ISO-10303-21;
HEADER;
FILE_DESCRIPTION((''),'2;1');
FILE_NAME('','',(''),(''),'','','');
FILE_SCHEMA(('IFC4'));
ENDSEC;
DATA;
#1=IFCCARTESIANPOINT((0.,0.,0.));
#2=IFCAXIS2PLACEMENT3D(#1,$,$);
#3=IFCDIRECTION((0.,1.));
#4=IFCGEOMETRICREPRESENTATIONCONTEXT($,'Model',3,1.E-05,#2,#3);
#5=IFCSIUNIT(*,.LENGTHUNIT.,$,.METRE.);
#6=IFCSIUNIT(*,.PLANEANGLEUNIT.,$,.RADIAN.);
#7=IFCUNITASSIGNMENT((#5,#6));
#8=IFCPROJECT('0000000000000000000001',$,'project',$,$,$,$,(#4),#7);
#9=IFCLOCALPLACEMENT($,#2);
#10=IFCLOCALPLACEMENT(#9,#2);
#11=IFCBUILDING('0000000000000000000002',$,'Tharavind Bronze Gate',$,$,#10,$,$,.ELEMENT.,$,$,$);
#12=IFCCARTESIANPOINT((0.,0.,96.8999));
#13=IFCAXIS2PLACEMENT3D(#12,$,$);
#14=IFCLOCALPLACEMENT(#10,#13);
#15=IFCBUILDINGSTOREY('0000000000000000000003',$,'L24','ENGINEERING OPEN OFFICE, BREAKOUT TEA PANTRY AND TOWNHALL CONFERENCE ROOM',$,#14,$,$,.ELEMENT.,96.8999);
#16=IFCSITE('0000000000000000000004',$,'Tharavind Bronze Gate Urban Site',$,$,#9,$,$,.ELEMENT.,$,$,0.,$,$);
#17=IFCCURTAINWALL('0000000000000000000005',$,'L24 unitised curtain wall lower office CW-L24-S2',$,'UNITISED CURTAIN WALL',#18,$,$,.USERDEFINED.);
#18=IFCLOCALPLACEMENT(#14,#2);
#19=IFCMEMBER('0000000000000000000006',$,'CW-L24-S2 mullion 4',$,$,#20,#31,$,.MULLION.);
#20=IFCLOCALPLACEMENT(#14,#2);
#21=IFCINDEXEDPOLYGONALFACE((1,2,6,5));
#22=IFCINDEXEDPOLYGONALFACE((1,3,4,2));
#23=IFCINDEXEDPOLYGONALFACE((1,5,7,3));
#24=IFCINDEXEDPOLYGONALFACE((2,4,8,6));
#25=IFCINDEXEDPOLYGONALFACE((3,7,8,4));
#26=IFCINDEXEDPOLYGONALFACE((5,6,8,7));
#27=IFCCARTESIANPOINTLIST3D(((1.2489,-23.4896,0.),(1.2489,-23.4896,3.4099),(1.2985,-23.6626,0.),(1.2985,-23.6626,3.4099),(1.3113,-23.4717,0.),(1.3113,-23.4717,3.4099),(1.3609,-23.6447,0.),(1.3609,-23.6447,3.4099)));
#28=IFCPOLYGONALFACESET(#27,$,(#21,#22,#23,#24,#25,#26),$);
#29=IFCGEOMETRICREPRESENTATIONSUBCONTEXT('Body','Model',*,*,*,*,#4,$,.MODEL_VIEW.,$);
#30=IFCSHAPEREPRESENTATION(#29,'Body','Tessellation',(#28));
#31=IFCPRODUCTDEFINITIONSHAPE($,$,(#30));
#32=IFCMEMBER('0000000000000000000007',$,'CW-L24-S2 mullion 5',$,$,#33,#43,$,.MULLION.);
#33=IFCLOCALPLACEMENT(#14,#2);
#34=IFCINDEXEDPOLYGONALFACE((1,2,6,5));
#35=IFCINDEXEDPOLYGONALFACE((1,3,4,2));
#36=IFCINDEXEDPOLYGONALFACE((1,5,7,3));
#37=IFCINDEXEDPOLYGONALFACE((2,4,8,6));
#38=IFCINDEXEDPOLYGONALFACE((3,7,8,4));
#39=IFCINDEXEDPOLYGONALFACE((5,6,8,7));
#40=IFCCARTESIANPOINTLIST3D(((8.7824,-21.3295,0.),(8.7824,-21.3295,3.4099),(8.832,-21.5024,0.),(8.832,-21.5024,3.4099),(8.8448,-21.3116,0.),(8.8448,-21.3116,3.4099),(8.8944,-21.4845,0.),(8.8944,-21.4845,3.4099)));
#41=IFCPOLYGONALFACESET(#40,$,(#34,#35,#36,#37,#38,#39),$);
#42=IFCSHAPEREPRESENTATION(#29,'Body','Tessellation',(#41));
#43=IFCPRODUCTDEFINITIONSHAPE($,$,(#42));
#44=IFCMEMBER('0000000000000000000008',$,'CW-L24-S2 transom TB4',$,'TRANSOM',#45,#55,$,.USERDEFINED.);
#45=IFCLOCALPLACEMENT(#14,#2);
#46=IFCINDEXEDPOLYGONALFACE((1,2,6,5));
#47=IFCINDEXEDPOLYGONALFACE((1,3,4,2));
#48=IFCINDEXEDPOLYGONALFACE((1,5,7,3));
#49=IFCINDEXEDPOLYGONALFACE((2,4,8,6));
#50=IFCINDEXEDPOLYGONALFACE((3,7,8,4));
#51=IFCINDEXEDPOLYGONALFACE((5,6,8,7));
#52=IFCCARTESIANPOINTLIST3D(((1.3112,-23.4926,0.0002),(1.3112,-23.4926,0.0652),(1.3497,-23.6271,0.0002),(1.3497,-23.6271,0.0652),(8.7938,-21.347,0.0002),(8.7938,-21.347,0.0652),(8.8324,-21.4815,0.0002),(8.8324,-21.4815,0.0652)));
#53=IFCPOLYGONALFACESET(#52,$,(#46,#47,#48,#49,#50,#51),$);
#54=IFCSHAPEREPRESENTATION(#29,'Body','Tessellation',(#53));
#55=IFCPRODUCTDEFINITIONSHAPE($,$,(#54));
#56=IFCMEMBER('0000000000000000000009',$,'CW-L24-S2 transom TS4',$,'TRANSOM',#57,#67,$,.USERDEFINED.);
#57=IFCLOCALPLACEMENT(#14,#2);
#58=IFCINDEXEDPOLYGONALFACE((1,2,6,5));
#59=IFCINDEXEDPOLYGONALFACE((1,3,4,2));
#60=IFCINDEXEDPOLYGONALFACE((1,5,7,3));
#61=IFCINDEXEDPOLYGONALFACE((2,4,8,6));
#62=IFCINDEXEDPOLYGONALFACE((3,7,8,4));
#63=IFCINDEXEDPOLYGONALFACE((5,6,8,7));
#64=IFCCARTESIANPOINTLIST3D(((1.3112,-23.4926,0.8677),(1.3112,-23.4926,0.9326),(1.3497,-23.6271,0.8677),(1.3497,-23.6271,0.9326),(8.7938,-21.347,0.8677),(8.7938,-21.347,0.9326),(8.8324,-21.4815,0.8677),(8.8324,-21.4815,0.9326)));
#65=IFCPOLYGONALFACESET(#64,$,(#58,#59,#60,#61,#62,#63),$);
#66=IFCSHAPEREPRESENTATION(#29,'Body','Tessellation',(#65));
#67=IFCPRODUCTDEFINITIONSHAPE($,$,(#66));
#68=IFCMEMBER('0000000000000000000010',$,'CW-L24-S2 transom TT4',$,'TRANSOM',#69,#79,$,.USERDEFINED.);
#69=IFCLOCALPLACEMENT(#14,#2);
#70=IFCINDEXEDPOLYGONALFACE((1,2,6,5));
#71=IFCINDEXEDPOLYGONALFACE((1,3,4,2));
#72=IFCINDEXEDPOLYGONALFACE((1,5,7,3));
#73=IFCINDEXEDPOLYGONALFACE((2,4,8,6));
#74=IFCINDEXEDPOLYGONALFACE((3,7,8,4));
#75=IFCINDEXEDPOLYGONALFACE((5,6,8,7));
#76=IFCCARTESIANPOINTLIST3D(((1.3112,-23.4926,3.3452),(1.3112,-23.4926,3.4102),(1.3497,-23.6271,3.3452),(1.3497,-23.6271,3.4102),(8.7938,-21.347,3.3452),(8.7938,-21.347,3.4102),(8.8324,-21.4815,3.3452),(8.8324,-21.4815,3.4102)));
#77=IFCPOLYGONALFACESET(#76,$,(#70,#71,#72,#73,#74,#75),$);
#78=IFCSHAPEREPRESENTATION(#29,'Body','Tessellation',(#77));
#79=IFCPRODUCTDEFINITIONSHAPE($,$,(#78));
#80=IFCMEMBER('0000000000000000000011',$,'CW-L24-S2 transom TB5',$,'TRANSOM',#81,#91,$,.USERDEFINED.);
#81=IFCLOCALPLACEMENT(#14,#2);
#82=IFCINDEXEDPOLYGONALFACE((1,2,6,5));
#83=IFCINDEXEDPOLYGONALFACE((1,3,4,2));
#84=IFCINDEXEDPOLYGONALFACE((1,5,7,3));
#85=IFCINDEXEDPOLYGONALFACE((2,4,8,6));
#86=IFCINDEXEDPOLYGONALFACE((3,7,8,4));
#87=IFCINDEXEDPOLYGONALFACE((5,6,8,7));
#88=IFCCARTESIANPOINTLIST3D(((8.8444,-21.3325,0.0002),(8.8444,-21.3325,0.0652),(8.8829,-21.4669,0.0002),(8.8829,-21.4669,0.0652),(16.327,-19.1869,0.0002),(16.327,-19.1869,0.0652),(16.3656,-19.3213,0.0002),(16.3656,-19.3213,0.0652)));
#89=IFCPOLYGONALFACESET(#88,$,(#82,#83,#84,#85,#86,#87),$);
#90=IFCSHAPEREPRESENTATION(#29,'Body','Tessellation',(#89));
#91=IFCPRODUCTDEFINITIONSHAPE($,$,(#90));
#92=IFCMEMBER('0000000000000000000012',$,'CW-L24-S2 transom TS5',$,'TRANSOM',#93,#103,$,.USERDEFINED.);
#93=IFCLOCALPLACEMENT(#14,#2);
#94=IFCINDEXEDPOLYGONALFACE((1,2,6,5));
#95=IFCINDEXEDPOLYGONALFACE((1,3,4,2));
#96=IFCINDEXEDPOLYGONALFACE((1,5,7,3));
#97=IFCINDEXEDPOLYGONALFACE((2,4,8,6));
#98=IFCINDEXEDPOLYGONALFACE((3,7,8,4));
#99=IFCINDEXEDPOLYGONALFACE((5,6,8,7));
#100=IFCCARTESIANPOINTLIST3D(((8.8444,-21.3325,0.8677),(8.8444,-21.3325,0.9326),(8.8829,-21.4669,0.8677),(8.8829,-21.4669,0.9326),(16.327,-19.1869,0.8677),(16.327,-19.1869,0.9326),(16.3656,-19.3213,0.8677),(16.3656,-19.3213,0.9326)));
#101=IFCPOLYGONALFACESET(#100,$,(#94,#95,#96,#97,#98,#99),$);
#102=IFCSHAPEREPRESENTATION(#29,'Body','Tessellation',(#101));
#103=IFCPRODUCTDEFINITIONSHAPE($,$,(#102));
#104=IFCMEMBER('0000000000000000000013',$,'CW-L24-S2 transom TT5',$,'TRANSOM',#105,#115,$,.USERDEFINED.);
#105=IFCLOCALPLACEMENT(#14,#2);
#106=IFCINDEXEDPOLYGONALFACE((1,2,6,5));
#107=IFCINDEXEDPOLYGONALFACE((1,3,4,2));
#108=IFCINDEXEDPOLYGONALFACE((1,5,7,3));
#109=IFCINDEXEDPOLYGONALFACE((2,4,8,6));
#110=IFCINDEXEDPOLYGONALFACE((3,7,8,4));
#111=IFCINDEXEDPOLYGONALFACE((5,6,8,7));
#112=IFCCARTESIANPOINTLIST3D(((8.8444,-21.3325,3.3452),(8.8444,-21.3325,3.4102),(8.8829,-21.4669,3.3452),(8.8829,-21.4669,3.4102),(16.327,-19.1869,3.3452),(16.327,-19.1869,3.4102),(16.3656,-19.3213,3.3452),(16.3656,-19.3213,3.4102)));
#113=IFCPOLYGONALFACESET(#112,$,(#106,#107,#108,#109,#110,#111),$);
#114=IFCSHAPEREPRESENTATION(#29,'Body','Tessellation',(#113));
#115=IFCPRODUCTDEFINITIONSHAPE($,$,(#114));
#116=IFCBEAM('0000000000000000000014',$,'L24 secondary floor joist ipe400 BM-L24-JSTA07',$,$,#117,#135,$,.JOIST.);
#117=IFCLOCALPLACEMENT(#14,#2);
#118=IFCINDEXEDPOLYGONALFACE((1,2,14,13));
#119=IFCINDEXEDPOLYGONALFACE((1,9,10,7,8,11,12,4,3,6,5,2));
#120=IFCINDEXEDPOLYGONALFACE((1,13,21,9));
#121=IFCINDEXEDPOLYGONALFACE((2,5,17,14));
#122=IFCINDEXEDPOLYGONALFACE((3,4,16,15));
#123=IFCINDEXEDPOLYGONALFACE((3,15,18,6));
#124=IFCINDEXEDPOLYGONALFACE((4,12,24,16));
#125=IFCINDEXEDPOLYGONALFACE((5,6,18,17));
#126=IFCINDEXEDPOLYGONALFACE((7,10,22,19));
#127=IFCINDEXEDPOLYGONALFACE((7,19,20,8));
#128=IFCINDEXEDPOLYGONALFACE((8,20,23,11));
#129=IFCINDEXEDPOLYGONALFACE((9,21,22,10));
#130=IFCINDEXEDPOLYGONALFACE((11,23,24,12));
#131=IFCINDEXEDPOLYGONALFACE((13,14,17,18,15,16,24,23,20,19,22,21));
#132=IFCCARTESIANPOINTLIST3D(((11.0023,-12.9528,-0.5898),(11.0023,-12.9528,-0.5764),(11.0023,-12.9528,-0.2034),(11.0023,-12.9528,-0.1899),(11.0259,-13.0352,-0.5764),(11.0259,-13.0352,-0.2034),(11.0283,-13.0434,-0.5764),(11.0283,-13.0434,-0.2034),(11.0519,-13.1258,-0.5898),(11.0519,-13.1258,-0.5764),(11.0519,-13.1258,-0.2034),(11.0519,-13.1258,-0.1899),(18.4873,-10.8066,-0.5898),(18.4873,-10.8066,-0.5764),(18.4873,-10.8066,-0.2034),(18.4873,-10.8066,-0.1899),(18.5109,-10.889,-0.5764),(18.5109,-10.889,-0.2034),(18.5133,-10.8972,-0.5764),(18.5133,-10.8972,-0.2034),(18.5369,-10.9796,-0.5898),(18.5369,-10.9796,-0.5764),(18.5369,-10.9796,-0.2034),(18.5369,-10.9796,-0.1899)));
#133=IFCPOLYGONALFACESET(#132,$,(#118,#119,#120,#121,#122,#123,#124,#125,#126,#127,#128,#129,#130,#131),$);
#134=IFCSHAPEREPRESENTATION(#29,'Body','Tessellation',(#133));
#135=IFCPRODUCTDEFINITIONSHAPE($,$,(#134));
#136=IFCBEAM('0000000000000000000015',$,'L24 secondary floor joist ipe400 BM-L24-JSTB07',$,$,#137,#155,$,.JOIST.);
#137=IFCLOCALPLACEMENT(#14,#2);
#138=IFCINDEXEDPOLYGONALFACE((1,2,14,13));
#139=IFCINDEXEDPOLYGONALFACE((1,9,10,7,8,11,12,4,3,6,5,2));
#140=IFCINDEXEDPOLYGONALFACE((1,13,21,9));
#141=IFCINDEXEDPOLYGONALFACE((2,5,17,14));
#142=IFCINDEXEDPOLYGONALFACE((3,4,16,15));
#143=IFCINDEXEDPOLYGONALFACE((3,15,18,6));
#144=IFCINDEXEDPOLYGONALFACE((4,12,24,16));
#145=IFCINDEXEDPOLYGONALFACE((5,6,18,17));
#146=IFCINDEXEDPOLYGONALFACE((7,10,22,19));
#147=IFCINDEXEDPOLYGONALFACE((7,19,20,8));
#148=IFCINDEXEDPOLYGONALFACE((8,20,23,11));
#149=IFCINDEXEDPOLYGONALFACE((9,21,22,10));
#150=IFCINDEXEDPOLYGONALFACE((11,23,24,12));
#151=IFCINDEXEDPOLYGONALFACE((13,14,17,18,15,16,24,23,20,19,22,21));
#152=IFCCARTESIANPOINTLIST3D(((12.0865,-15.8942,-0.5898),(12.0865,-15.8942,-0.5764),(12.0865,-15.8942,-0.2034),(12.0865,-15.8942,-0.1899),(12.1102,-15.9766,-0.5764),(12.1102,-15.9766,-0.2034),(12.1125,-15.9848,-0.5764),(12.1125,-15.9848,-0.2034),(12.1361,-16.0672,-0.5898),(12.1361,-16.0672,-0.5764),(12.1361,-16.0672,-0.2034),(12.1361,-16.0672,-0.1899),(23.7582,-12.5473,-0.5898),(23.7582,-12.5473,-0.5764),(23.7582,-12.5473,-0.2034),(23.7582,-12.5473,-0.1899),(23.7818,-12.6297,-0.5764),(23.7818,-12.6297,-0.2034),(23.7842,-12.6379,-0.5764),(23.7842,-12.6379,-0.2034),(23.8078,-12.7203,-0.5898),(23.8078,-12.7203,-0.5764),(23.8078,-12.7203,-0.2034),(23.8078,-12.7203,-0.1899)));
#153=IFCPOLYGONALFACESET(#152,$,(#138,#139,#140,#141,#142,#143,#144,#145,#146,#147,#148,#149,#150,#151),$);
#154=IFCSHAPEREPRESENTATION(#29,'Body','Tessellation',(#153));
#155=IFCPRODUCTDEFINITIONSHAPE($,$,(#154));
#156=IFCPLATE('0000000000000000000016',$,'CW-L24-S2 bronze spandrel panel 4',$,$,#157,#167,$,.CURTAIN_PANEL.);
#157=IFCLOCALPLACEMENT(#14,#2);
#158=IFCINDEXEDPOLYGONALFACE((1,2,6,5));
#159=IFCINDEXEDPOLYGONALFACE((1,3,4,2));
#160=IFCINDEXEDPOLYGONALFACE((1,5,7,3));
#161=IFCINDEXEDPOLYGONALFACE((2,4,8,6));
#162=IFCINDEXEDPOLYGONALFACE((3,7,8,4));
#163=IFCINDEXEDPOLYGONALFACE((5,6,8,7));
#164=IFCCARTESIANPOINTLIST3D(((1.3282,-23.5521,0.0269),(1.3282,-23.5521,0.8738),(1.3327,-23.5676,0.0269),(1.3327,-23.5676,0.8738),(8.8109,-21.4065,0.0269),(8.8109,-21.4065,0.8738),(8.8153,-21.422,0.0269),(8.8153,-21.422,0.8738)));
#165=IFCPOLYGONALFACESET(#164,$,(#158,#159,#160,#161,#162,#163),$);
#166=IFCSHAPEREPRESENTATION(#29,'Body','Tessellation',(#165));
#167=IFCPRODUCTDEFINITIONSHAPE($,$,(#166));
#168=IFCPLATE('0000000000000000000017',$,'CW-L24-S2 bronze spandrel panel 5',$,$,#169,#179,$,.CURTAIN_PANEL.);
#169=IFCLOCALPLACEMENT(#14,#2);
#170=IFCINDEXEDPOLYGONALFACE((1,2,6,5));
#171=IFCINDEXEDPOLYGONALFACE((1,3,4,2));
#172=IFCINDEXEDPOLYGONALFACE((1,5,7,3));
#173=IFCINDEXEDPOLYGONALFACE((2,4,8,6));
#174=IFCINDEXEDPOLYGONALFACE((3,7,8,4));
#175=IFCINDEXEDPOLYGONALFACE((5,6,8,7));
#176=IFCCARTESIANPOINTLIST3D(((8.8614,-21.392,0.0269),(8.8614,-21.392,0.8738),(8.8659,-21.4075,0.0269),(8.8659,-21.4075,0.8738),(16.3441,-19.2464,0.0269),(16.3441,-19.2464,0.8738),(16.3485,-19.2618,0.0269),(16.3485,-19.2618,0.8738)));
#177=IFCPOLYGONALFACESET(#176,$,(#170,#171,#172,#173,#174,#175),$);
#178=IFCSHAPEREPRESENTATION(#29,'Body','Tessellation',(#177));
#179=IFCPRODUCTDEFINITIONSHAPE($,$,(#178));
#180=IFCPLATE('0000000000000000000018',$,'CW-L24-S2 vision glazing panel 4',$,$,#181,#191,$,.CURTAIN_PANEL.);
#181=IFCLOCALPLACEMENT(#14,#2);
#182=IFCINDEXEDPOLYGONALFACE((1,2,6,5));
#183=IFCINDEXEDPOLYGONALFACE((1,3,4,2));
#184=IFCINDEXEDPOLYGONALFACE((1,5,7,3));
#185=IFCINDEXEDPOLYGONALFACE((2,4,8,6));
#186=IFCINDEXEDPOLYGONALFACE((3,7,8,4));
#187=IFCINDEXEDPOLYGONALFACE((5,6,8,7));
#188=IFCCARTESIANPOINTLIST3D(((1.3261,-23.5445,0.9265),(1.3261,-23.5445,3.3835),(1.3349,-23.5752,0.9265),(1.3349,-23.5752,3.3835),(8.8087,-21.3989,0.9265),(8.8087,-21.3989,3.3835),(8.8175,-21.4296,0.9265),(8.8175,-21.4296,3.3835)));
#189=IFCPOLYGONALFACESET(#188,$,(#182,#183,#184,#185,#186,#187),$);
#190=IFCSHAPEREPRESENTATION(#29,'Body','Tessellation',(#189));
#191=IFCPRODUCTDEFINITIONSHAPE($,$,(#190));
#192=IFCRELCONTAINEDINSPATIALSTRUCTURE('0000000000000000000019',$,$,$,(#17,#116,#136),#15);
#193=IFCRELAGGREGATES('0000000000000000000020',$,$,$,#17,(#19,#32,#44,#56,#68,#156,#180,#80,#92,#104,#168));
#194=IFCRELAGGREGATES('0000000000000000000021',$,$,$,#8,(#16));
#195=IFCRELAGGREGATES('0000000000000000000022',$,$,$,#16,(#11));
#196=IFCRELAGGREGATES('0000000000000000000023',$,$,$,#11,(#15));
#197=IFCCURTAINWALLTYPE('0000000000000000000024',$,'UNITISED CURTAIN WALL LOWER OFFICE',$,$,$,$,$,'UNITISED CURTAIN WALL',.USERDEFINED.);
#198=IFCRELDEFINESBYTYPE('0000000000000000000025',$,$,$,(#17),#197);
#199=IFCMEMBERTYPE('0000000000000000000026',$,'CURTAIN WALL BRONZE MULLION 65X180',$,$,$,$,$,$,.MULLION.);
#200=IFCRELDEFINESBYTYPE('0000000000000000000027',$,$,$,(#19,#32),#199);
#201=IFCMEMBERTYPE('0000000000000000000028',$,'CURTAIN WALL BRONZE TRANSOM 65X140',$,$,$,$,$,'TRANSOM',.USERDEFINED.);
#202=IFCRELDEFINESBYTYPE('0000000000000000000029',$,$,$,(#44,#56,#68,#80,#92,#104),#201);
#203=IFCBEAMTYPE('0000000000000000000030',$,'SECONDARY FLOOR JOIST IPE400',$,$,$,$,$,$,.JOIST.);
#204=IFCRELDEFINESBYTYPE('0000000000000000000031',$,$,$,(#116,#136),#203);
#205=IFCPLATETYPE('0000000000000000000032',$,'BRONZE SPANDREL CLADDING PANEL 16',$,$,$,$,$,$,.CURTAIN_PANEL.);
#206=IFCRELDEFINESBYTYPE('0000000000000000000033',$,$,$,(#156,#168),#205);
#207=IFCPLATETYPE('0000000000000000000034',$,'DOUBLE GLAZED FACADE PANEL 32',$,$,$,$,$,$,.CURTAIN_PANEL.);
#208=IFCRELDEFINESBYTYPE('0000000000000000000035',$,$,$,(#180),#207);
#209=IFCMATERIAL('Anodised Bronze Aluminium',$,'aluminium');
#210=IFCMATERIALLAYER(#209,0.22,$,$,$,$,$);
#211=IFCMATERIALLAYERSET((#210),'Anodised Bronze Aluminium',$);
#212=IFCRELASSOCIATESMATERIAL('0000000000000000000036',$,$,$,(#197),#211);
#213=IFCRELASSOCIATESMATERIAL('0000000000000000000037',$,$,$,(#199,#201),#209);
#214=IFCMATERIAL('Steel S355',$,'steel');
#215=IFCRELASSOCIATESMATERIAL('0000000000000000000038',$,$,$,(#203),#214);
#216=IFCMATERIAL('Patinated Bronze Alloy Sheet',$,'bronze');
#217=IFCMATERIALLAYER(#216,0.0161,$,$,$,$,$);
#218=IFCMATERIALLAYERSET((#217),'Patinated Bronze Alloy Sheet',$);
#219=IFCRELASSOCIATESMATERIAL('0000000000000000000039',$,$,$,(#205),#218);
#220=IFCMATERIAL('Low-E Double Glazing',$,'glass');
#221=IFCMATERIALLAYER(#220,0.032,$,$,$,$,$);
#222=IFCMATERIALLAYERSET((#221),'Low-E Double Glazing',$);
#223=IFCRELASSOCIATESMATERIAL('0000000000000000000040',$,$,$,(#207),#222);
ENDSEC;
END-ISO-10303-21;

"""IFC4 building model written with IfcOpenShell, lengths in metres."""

from ifc_helpers import new_model, si_unit, direction, frame, origin, origin_2d, place, context, subcontext, project, spatial, rectangle, i_section, extrude, material, layer, layer_set, material_profile, profile_set, type_object, element, aggregate, save


model = new_model("IFC4")

# Units and contexts
model_context = context("Model", 3, precision=1e-05, world=origin(), true_north=direction((0.0, 1.0)))
body_context = subcontext(model_context, "Body", "Model", "MODEL_VIEW")
ifc_project = project(units=[si_unit("LENGTHUNIT", "METRE"), si_unit("PLANEANGLEUNIT", "RADIAN")], contexts=[model_context])

# Site, building, storey
site_placement = place(None, origin())
site = spatial("IfcSite", under=ifc_project, at=site_placement, Name="Tharavind Bronze Gate Urban Site", CompositionType="ELEMENT", RefElevation=0.0)
building_placement = place(site_placement, origin())
building = spatial("IfcBuilding", under=site, at=building_placement, Name="Tharavind Bronze Gate", CompositionType="ELEMENT")
storey_placement = place(building_placement, frame((0.0, 0.0, 96.8999)))
storey = spatial("IfcBuildingStorey", under=building, at=storey_placement, Name="L24", Description="ENGINEERING OPEN OFFICE, BREAKOUT TEA PANTRY AND TOWNHALL CONFERENCE ROOM", CompositionType="ELEMENT", Elevation=96.8999)

# Curtain wall, members
ifc_material_1 = material(Name="Anodised Bronze Aluminium", Category="aluminium")
ifc_layer_1 = layer(ifc_material_1, 0.22)
ifc_layer_set_1 = layer_set([ifc_layer_1], Name="Anodised Bronze Aluminium")
curtain_wall_type = type_object("IfcCurtainWallType", Name="UNITISED CURTAIN WALL LOWER OFFICE", ElementType="UNITISED CURTAIN WALL", PredefinedType="USERDEFINED", material=ifc_layer_set_1)
curtain_wall_placement = place(storey_placement, origin())
curtain_wall = element("IfcCurtainWall", 1, at=curtain_wall_placement, inside=storey, type_object=curtain_wall_type, Name="L24 unitised curtain wall lower office CW-L24-S2", ObjectType="UNITISED CURTAIN WALL", PredefinedType="USERDEFINED")
member_type_1 = type_object("IfcMemberType", Name="CURTAIN WALL BRONZE MULLION 65X180", PredefinedType="MULLION", material=ifc_material_1)
member_1_placement = place(storey_placement, frame((1.3049, -23.5671, 0.0), z_axis=(0.0, 0.0, 1.0), x_axis=(0.961262, 0.275637, 0.0)))
member_1 = element("IfcMember", 2, at=member_1_placement, type_object=member_type_1, Name="CW-L24-S2 mullion 4", PredefinedType="MULLION", context=body_context, shape_type="SweptSolid", body=[
    extrude(rectangle(XDim=0.0649, YDim=0.1799, at=origin_2d()), origin(), (0.0, 0.0, 1.0), 3.4099),
])
member_2_placement = place(storey_placement, frame((8.8384, -21.407, 0.0), z_axis=(0.0, 0.0, 1.0), x_axis=(0.961262, 0.275637, 0.0)))
member_2 = element("IfcMember", 3, at=member_2_placement, type_object=member_type_1, Name="CW-L24-S2 mullion 5", PredefinedType="MULLION", context=body_context, shape_type="SweptSolid", body=[
    extrude(rectangle(XDim=0.0649, YDim=0.1799, at=origin_2d()), origin(), (0.0, 0.0, 1.0), 3.4099),
])
member_type_2 = type_object("IfcMemberType", Name="CURTAIN WALL BRONZE TRANSOM 65X140", ElementType="TRANSOM", PredefinedType="USERDEFINED", material=ifc_material_1)
member_3_placement = place(storey_placement, frame((5.0718, -22.4871, 0.0002), z_axis=(0.0, 0.0, 1.0), x_axis=(0.961262, 0.275637, 0.0)))
member_3 = element("IfcMember", 4, at=member_3_placement, type_object=member_type_2, Name="CW-L24-S2 transom TB4", ObjectType="TRANSOM", PredefinedType="USERDEFINED", context=body_context, shape_type="SweptSolid", body=[
    extrude(rectangle(XDim=7.7842, YDim=0.1399, at=origin_2d()), origin(), (0.0, 0.0, 1.0), 0.0649),
])
member_4_placement = place(storey_placement, frame((5.0718, -22.4871, 0.8677), z_axis=(0.0, 0.0, 1.0), x_axis=(0.961262, 0.275637, 0.0)))
member_4 = element("IfcMember", 5, at=member_4_placement, type_object=member_type_2, Name="CW-L24-S2 transom TS4", ObjectType="TRANSOM", PredefinedType="USERDEFINED", context=body_context, shape_type="SweptSolid", body=[
    extrude(rectangle(XDim=7.7842, YDim=0.1399, at=origin_2d()), origin(), (0.0, 0.0, 1.0), 0.0649),
])
member_5_placement = place(storey_placement, frame((5.0718, -22.4871, 3.3452), z_axis=(0.0, 0.0, 1.0), x_axis=(0.961262, 0.275637, 0.0)))
member_5 = element("IfcMember", 6, at=member_5_placement, type_object=member_type_2, Name="CW-L24-S2 transom TT4", ObjectType="TRANSOM", PredefinedType="USERDEFINED", context=body_context, shape_type="SweptSolid", body=[
    extrude(rectangle(XDim=7.7842, YDim=0.1399, at=origin_2d()), origin(), (0.0, 0.0, 1.0), 0.0649),
])
member_6_placement = place(storey_placement, frame((12.605, -20.3269, 0.0002), z_axis=(0.0, 0.0, 1.0), x_axis=(0.961262, 0.275637, 0.0)))
member_6 = element("IfcMember", 7, at=member_6_placement, type_object=member_type_2, Name="CW-L24-S2 transom TB5", ObjectType="TRANSOM", PredefinedType="USERDEFINED", context=body_context, shape_type="SweptSolid", body=[
    extrude(rectangle(XDim=7.7842, YDim=0.1399, at=origin_2d()), origin(), (0.0, 0.0, 1.0), 0.0649),
])
member_7_placement = place(storey_placement, frame((12.605, -20.3269, 0.8677), z_axis=(0.0, 0.0, 1.0), x_axis=(0.961262, 0.275637, 0.0)))
member_7 = element("IfcMember", 8, at=member_7_placement, type_object=member_type_2, Name="CW-L24-S2 transom TS5", ObjectType="TRANSOM", PredefinedType="USERDEFINED", context=body_context, shape_type="SweptSolid", body=[
    extrude(rectangle(XDim=7.7842, YDim=0.1399, at=origin_2d()), origin(), (0.0, 0.0, 1.0), 0.0649),
])
member_8_placement = place(storey_placement, frame((12.605, -20.3269, 3.3452), z_axis=(0.0, 0.0, 1.0), x_axis=(0.961262, 0.275637, 0.0)))
member_8 = element("IfcMember", 9, at=member_8_placement, type_object=member_type_2, Name="CW-L24-S2 transom TT5", ObjectType="TRANSOM", PredefinedType="USERDEFINED", context=body_context, shape_type="SweptSolid", body=[
    extrude(rectangle(XDim=7.7842, YDim=0.1399, at=origin_2d()), origin(), (0.0, 0.0, 1.0), 0.0649),
])

# Beams
ifc_material_2 = material(Name="Steel S355", Category="steel")
ifc_material_profile = material_profile(ifc_material_2, i_section(OverallWidth=0.1799, OverallDepth=0.3999, WebThickness=0.0085, FlangeThickness=0.0134, at=origin_2d()), Name="IPE400")
ifc_profile_set = profile_set([ifc_material_profile], Name="Steel S355")
beam_type = type_object("IfcBeamType", Name="SECONDARY FLOOR JOIST IPE400", PredefinedType="JOIST", material=ifc_profile_set)
beam_1_placement = place(storey_placement, frame((11.0271, -13.0393, -0.3899), z_axis=(0.961264, 0.275628, 0.0), x_axis=(-0.275628, 0.961264, 0.0)))
element("IfcBeam", 10, at=beam_1_placement, inside=storey, type_object=beam_type, Name="L24 secondary floor joist ipe400 BM-L24-JSTA07", PredefinedType="JOIST", context=body_context, shape_type="SweptSolid", body=[
    extrude(i_section(OverallWidth=0.1799, OverallDepth=0.3999, WebThickness=0.0085, FlangeThickness=0.0134, at=origin_2d()), origin(), (0.0, 0.0, 1.0), 7.7866),
])
beam_2_placement = place(storey_placement, frame((12.1113, -15.9807, -0.3899), z_axis=(0.961259, 0.275648, 0.0), x_axis=(-0.275648, 0.961259, 0.0)))
element("IfcBeam", 11, at=beam_2_placement, inside=storey, type_object=beam_type, Name="L24 secondary floor joist ipe400 BM-L24-JSTB07", PredefinedType="JOIST", context=body_context, shape_type="SweptSolid", body=[
    extrude(i_section(OverallWidth=0.1799, OverallDepth=0.3999, WebThickness=0.0085, FlangeThickness=0.0134, at=origin_2d()), origin(), (0.0, 0.0, 1.0), 12.1421),
])

# Plates
ifc_material_3 = material(Name="Patinated Bronze Alloy Sheet", Category="bronze")
ifc_layer_2 = layer(ifc_material_3, 0.0161)
ifc_layer_set_2 = layer_set([ifc_layer_2], Name="Patinated Bronze Alloy Sheet")
plate_type_1 = type_object("IfcPlateType", Name="BRONZE SPANDREL CLADDING PANEL 16", PredefinedType="CURTAIN_PANEL", material=ifc_layer_set_2)
plate_1_placement = place(storey_placement, frame((5.0718, -22.4871, 0.0269), z_axis=(0.0, 0.0, 1.0), x_axis=(0.961262, 0.275637, 0.0)))
plate_1 = element("IfcPlate", 12, at=plate_1_placement, type_object=plate_type_1, Name="CW-L24-S2 bronze spandrel panel 4", PredefinedType="CURTAIN_PANEL", context=body_context, shape_type="SweptSolid", body=[
    extrude(rectangle(XDim=7.7842, YDim=0.0161, at=origin_2d()), origin(), (0.0, 0.0, 1.0), 0.8469),
])
plate_2_placement = place(storey_placement, frame((12.605, -20.3269, 0.0269), z_axis=(0.0, 0.0, 1.0), x_axis=(0.961262, 0.275637, 0.0)))
plate_2 = element("IfcPlate", 13, at=plate_2_placement, type_object=plate_type_1, Name="CW-L24-S2 bronze spandrel panel 5", PredefinedType="CURTAIN_PANEL", context=body_context, shape_type="SweptSolid", body=[
    extrude(rectangle(XDim=7.7842, YDim=0.0161, at=origin_2d()), origin(), (0.0, 0.0, 1.0), 0.8469),
])
ifc_material_4 = material(Name="Low-E Double Glazing", Category="glass")
ifc_layer_3 = layer(ifc_material_4, 0.032)
ifc_layer_set_3 = layer_set([ifc_layer_3], Name="Low-E Double Glazing")
plate_type_2 = type_object("IfcPlateType", Name="DOUBLE GLAZED FACADE PANEL 32", PredefinedType="CURTAIN_PANEL", material=ifc_layer_set_3)
plate_3_placement = place(storey_placement, frame((5.0718, -22.4871, 0.9265), z_axis=(0.0, 0.0, 1.0), x_axis=(0.961262, 0.275637, 0.0)))
plate_3 = element("IfcPlate", 14, at=plate_3_placement, type_object=plate_type_2, Name="CW-L24-S2 vision glazing panel 4", PredefinedType="CURTAIN_PANEL", context=body_context, shape_type="SweptSolid", body=[
    extrude(rectangle(XDim=7.7842, YDim=0.032, at=origin_2d()), origin(), (0.0, 0.0, 1.0), 2.457),
])
aggregate(curtain_wall, [member_1, member_2, member_3, member_4, member_5, plate_1, plate_3, member_6, member_7, member_8, plate_2])

save(model, "model.ifc")
